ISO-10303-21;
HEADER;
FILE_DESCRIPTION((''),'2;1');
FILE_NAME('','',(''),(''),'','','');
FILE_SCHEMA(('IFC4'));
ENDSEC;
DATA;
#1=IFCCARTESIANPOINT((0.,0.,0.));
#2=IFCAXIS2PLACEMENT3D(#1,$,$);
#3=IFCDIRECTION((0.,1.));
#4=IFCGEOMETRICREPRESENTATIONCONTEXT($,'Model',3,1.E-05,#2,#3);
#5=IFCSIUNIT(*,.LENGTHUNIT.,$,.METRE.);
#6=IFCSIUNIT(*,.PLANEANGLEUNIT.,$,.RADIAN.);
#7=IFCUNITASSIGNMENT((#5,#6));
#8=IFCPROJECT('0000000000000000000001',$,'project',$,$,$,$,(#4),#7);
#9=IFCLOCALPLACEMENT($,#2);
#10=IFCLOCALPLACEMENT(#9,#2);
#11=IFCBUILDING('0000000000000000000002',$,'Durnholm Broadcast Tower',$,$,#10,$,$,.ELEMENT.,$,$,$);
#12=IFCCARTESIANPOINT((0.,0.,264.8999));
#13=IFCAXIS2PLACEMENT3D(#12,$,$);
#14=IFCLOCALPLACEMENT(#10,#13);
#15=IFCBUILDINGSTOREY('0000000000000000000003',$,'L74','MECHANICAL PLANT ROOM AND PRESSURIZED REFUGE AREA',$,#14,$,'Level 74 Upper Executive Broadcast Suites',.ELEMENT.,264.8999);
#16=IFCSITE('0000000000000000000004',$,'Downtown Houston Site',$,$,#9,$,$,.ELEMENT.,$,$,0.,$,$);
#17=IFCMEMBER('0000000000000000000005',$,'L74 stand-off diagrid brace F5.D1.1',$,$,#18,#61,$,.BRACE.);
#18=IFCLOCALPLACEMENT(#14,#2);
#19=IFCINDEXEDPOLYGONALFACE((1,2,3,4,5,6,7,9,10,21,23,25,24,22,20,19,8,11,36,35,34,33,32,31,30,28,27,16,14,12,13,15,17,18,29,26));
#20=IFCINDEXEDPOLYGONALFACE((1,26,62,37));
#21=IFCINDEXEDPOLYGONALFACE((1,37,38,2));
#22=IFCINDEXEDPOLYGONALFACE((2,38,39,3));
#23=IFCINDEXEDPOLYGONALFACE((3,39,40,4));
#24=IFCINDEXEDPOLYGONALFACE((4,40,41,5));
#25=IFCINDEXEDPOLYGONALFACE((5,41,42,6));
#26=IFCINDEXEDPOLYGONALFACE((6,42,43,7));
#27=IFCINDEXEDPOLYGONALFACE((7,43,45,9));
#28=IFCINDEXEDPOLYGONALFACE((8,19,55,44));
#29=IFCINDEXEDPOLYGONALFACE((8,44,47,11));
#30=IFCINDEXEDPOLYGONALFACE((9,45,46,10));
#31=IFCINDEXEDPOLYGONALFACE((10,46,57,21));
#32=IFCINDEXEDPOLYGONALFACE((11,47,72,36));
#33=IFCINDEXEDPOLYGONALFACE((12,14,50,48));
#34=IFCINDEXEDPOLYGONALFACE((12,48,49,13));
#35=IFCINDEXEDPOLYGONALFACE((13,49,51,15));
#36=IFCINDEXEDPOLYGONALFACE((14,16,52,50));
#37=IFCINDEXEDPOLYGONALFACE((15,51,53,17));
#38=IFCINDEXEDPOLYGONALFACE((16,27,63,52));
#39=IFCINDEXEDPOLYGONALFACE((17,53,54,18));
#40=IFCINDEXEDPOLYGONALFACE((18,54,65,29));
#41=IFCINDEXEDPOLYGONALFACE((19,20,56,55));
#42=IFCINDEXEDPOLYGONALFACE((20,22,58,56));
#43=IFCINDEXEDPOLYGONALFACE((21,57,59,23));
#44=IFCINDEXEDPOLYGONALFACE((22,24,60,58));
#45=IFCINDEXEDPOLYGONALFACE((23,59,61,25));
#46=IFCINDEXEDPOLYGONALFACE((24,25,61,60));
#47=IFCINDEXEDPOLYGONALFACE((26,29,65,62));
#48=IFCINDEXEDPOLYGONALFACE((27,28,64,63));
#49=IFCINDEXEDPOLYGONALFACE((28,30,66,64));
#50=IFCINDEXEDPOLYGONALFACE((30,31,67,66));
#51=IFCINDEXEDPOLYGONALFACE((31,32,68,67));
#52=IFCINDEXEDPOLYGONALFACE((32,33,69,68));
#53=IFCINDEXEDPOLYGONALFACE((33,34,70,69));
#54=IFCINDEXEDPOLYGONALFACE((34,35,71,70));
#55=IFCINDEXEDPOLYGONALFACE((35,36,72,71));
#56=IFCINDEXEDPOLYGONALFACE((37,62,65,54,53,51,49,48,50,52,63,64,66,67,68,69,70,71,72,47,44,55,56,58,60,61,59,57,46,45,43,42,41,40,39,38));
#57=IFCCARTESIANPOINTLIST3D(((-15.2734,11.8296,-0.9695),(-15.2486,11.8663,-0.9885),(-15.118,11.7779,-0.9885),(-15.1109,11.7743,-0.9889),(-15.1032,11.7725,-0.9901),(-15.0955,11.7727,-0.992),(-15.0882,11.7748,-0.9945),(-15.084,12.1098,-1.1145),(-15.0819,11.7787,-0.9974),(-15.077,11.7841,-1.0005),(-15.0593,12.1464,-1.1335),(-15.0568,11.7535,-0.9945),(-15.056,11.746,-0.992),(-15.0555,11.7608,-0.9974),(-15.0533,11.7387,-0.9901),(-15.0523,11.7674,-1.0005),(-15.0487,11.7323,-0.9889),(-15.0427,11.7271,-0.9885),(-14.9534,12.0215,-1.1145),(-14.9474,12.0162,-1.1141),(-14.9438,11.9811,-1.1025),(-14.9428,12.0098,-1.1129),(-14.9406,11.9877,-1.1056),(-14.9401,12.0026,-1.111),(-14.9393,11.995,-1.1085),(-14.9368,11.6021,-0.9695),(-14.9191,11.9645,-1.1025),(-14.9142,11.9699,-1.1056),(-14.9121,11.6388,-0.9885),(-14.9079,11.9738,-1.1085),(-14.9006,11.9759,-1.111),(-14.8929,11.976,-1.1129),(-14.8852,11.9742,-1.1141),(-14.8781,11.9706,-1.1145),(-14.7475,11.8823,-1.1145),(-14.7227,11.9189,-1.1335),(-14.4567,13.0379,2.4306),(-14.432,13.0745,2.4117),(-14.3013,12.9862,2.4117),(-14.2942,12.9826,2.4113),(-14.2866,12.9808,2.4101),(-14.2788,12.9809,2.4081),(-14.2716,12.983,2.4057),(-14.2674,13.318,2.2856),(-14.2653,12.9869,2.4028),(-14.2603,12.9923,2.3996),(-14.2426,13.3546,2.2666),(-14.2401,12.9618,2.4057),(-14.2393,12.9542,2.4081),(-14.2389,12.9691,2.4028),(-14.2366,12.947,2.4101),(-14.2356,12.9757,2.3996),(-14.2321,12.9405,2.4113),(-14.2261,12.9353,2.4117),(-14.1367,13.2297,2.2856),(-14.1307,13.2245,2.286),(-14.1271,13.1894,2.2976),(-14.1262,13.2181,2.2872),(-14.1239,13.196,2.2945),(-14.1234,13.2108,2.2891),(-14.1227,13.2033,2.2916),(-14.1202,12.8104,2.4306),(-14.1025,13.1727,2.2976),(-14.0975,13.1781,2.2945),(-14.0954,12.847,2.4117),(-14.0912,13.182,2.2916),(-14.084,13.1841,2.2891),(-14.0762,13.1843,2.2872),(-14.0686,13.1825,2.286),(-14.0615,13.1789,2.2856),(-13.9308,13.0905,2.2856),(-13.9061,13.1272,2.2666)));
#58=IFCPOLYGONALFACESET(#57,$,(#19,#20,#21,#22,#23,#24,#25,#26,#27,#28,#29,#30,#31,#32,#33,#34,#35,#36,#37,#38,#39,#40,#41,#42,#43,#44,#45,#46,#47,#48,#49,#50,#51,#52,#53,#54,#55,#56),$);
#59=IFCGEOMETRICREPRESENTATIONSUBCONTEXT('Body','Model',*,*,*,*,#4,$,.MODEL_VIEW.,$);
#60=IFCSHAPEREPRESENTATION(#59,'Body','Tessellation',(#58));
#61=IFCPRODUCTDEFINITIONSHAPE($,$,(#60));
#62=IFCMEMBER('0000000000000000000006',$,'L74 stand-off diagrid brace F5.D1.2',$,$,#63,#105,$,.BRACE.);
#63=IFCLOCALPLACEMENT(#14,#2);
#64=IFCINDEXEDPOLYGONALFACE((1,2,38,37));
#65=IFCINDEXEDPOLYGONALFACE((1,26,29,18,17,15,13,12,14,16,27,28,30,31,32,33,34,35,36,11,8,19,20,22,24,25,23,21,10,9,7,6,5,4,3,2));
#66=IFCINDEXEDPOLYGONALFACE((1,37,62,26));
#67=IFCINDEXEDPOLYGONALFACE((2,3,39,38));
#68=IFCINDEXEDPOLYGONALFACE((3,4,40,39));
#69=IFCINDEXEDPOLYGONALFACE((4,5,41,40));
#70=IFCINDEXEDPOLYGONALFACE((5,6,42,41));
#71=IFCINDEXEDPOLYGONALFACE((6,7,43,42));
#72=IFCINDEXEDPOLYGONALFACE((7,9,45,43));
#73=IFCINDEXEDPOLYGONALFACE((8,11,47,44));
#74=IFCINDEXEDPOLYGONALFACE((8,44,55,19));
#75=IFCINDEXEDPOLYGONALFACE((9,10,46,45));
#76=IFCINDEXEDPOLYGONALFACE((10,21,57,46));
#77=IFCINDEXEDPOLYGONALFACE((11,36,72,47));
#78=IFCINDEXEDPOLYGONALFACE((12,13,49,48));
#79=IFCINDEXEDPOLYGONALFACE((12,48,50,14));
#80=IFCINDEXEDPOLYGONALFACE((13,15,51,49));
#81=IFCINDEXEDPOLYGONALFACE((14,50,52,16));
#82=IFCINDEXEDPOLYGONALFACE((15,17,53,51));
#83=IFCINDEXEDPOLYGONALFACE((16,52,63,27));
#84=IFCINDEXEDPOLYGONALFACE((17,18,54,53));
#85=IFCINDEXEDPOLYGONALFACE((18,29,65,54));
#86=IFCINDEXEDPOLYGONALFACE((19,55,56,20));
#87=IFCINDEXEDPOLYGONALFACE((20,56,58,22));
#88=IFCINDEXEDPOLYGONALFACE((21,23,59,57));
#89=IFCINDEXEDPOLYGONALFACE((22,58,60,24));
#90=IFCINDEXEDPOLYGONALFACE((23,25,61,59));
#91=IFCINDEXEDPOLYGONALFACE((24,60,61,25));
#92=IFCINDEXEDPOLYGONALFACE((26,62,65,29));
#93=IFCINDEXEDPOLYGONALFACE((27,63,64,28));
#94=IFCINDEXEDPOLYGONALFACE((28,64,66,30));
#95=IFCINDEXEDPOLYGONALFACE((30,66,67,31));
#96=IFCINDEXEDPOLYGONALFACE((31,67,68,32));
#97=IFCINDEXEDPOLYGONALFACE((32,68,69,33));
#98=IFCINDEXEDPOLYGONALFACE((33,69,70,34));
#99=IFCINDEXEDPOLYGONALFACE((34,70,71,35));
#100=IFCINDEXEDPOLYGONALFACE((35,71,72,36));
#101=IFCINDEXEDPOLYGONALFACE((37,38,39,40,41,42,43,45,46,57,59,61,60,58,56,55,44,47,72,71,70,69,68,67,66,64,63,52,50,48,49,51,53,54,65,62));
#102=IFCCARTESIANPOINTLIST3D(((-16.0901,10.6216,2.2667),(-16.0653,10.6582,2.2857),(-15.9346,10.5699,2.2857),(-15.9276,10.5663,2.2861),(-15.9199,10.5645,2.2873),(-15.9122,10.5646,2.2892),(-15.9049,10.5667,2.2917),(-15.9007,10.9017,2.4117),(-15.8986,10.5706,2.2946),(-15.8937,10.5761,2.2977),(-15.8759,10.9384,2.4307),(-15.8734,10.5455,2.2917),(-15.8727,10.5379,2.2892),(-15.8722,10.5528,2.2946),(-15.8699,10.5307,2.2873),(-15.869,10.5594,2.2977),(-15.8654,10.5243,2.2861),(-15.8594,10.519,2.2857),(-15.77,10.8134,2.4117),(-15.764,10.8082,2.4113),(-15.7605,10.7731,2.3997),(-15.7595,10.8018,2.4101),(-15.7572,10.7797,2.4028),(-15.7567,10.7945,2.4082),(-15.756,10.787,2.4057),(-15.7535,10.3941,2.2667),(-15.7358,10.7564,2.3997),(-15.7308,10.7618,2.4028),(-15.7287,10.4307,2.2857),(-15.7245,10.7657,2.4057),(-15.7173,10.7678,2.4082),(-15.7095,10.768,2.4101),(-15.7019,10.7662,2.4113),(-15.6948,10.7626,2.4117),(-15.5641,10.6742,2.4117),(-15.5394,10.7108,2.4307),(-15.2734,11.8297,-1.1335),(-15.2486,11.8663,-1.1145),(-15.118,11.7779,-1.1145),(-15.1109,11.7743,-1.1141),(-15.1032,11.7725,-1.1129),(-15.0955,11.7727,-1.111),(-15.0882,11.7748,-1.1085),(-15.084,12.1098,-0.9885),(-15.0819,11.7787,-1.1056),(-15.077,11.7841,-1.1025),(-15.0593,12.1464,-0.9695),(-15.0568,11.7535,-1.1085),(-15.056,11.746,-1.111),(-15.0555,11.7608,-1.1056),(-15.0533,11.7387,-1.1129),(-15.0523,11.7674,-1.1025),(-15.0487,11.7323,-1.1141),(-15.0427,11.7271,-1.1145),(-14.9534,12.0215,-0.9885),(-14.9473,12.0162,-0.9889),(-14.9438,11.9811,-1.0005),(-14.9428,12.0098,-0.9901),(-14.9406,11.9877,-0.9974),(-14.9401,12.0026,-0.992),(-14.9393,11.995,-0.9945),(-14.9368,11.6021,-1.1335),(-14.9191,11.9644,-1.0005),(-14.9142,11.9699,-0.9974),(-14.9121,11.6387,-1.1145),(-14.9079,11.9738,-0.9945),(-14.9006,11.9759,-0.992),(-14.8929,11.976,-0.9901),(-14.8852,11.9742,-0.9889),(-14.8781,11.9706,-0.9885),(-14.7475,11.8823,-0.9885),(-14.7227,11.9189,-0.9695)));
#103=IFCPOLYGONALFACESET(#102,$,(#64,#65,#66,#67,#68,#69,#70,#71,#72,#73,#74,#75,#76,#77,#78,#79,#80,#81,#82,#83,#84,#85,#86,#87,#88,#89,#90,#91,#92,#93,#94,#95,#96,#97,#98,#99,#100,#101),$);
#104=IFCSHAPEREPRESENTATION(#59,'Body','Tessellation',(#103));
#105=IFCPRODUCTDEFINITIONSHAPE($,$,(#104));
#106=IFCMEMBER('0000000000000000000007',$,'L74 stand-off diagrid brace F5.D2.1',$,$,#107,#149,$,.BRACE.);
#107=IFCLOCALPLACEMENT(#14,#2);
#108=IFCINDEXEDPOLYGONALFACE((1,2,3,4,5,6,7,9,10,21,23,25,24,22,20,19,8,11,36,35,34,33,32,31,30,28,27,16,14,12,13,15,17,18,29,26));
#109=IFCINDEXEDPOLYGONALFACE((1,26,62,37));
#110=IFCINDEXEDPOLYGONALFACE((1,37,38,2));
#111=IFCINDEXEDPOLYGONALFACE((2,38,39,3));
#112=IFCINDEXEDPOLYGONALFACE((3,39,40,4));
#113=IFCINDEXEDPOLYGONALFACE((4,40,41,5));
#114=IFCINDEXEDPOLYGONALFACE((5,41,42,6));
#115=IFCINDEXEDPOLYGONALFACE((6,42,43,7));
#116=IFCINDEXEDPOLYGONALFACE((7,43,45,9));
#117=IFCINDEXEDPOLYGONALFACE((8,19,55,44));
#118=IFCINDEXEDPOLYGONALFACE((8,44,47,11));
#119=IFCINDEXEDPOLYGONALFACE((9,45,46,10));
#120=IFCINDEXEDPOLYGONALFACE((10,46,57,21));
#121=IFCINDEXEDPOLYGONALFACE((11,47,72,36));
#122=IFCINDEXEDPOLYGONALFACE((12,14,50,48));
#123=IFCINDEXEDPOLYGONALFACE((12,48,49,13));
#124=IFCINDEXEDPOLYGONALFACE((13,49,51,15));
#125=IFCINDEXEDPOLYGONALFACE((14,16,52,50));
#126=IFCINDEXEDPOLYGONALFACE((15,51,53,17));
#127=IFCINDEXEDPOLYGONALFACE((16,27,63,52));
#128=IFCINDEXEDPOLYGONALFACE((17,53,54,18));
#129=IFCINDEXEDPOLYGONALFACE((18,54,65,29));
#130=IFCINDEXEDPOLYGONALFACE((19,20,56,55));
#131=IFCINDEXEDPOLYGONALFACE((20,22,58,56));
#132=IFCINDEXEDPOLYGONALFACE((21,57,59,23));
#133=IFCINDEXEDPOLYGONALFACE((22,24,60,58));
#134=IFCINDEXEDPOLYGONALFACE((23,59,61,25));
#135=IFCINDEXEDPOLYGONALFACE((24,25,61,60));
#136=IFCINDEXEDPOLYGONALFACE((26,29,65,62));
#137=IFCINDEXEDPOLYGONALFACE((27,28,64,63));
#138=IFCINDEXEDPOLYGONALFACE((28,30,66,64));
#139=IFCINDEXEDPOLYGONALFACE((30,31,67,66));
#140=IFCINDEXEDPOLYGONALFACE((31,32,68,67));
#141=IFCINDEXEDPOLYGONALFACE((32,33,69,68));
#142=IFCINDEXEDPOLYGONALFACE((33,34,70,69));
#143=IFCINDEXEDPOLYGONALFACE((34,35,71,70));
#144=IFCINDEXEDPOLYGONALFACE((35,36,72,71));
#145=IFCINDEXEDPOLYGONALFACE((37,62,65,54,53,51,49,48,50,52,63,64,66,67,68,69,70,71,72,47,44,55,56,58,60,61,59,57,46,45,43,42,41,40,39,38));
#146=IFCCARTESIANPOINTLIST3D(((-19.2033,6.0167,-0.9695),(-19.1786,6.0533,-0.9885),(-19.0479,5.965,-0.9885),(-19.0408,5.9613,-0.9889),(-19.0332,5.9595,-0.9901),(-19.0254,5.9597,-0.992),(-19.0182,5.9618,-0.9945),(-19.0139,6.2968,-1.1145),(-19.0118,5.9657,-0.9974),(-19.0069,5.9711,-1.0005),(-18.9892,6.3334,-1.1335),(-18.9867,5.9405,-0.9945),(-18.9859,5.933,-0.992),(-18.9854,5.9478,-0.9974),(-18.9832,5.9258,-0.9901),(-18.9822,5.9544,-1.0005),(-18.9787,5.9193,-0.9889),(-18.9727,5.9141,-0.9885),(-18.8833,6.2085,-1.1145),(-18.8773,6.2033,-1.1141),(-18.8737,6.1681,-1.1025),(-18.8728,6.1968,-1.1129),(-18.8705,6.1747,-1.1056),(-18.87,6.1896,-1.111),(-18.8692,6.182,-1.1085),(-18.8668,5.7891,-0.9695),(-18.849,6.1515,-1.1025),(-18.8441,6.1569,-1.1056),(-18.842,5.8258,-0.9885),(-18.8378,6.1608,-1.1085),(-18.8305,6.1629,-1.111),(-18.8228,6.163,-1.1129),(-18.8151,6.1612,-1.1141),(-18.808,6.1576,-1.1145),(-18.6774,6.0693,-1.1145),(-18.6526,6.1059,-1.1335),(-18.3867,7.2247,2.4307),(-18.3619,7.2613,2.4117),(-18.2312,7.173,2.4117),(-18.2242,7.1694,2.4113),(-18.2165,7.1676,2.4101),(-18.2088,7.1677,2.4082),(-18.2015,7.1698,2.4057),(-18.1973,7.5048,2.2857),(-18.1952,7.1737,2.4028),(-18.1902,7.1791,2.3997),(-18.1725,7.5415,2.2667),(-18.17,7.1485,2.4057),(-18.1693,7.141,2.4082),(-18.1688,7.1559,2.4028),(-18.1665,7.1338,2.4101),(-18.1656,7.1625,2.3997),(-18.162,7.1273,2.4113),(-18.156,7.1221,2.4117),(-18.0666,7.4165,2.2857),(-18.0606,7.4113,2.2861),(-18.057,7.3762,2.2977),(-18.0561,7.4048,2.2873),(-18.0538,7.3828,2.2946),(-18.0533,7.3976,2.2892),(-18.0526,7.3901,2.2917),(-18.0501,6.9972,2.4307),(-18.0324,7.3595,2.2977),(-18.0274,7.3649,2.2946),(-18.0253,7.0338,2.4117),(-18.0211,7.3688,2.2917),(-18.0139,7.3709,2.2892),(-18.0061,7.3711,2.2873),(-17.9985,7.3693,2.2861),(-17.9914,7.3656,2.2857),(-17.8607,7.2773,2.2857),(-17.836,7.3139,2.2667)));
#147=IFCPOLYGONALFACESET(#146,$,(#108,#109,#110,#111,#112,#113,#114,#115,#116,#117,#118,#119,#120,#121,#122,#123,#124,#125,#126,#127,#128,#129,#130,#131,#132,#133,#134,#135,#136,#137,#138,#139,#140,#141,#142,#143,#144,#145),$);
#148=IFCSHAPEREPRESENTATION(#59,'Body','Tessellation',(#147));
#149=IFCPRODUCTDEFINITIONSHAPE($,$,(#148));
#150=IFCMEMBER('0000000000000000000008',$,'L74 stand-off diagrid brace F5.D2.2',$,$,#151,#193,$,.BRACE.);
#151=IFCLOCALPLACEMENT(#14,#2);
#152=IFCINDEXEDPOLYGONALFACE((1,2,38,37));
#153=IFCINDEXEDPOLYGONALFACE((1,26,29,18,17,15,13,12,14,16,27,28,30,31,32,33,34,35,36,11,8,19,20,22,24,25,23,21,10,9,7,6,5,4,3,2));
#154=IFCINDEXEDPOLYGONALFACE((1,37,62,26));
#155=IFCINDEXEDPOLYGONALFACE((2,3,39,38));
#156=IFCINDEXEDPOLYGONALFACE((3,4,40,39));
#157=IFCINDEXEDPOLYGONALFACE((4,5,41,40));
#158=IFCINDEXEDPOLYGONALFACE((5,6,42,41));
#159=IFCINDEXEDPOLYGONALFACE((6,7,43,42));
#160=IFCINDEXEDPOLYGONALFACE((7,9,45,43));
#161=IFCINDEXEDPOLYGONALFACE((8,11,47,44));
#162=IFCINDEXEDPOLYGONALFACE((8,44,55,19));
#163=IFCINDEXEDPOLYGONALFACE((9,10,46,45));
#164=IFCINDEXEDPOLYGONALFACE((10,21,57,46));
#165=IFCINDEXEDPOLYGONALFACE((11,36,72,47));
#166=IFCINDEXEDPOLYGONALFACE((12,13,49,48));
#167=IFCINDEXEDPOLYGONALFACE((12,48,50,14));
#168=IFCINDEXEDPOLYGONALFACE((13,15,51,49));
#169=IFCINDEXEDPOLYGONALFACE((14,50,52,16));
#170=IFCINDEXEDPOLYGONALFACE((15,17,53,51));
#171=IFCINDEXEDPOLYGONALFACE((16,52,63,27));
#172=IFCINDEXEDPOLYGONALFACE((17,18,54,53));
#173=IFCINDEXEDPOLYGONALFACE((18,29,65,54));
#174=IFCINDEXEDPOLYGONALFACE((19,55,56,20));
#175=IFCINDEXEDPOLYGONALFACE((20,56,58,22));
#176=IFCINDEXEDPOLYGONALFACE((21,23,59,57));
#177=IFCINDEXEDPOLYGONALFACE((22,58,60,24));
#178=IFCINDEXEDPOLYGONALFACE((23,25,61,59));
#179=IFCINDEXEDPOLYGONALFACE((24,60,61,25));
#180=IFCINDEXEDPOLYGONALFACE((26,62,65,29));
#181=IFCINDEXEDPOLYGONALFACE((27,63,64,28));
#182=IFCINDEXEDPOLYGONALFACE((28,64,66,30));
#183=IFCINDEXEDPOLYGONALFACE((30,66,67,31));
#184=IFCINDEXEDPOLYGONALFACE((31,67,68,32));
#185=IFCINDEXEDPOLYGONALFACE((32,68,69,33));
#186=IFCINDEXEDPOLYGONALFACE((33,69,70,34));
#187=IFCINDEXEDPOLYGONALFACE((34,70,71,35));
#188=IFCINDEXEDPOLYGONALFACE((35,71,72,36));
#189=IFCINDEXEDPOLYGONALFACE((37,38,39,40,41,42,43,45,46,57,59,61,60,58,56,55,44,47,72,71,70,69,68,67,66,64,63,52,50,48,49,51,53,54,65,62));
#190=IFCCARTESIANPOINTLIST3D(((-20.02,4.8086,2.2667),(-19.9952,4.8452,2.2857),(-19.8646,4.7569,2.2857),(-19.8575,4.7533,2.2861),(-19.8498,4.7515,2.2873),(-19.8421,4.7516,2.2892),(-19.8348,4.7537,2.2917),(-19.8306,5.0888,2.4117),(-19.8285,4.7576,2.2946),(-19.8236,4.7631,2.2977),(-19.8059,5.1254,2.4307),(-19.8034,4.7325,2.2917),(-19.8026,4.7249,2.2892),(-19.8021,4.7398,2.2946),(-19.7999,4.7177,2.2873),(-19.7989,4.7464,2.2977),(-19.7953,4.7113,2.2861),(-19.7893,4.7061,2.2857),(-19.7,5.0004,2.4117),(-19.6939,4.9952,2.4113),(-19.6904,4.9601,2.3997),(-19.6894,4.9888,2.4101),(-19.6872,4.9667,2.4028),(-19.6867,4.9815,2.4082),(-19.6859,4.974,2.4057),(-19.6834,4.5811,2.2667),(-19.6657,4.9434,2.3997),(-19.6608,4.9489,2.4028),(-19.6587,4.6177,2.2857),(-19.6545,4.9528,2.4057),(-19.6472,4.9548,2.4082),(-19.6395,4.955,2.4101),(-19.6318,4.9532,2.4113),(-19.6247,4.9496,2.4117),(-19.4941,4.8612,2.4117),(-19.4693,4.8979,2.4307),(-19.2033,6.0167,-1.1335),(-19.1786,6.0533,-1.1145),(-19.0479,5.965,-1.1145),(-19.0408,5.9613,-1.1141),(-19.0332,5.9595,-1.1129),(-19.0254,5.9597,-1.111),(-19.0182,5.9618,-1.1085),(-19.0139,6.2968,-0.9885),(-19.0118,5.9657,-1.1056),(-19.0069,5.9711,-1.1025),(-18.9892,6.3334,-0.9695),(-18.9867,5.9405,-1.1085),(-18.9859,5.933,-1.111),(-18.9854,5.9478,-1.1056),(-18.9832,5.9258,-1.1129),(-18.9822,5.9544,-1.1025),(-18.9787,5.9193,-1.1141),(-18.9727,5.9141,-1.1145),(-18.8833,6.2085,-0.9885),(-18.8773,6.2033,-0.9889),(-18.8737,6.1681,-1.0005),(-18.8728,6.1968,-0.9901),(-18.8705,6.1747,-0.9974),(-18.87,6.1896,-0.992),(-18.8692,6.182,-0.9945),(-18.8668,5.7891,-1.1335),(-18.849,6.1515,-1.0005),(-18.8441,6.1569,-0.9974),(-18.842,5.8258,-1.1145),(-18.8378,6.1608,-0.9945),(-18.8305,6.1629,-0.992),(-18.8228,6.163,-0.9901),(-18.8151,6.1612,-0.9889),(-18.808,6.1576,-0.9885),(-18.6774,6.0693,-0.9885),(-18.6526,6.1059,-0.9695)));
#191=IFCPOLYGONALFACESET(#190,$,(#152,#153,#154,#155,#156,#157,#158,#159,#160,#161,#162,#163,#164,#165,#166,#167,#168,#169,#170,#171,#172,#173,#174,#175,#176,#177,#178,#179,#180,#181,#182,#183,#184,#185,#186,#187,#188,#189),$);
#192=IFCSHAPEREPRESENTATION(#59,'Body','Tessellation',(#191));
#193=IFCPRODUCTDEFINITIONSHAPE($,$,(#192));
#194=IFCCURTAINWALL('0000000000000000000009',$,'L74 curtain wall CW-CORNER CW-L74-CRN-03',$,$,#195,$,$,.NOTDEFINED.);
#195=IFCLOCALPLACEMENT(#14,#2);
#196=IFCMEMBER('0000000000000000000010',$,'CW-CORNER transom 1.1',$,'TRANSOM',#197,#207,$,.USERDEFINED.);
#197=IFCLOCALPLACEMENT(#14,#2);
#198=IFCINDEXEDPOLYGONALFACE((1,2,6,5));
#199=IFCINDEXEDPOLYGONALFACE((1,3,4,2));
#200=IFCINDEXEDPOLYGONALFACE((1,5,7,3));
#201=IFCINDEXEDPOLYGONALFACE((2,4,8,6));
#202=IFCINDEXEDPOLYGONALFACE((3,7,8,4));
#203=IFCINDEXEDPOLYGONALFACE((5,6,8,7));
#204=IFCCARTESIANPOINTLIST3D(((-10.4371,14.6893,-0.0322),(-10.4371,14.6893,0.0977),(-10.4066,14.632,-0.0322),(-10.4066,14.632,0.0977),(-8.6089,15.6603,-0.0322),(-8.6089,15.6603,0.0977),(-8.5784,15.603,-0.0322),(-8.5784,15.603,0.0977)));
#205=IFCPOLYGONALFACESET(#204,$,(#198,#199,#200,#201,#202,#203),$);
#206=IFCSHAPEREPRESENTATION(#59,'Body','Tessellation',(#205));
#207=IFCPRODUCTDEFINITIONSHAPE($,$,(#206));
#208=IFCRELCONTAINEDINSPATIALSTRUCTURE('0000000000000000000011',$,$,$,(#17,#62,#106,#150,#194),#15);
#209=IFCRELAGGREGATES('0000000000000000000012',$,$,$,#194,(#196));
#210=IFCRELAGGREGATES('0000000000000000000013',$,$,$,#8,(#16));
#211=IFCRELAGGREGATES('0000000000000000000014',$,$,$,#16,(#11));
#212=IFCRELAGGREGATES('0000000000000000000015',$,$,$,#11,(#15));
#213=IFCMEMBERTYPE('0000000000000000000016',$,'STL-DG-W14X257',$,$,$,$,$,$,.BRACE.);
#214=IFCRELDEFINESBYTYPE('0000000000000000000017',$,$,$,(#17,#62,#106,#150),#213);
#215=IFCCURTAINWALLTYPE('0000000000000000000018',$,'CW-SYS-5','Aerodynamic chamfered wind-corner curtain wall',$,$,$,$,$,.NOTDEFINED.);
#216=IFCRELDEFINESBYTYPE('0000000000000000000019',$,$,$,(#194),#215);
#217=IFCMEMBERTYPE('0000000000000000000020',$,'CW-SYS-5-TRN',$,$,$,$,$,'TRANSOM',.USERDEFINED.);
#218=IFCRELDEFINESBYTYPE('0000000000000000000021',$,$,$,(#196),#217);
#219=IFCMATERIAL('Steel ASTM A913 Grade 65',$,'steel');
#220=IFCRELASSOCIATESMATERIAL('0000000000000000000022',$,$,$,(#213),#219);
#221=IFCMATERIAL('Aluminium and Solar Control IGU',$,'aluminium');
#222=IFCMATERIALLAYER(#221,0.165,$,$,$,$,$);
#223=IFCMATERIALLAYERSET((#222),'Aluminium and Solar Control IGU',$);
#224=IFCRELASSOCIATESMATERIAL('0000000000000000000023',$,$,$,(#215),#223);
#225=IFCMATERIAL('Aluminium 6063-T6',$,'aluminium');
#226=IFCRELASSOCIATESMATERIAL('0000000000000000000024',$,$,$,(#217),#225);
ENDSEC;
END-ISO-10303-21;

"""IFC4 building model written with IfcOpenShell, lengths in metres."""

from ifc_helpers import new_model, si_unit, direction, frame, origin, origin_2d, place, context, subcontext, project, spatial, rectangle, i_section, extrude, source, transform, mapped, material, layer, layer_set, material_profile, profile_set, type_object, type_shapes, element, aggregate, save


model = new_model("IFC4")

# Units and contexts
model_context = context("Model", 3, precision=1e-05, world=origin(), true_north=direction((0.0, 1.0)))
body_context = subcontext(model_context, "Body", "Model", "MODEL_VIEW")
ifc_project = project(units=[si_unit("LENGTHUNIT", "METRE"), si_unit("PLANEANGLEUNIT", "RADIAN")], contexts=[model_context])

# Site, building, storey
site_placement = place(None, origin())
site = spatial("IfcSite", under=ifc_project, at=site_placement, Name="Downtown Houston Site", CompositionType="ELEMENT", RefElevation=0.0)
building_placement = place(site_placement, origin())
building = spatial("IfcBuilding", under=site, at=building_placement, Name="Durnholm Broadcast Tower", CompositionType="ELEMENT")
storey_placement = place(building_placement, frame((0.0, 0.0, 264.8999)))
storey = spatial("IfcBuildingStorey", under=building, at=storey_placement, Name="L74", Description="MECHANICAL PLANT ROOM AND PRESSURIZED REFUGE AREA", LongName="Level 74 Upper Executive Broadcast Suites", CompositionType="ELEMENT", Elevation=264.8999)

# Members
ifc_material_1 = material(Name="Steel ASTM A913 Grade 65", Category="steel")
ifc_material_profile_1 = material_profile(ifc_material_1, i_section(OverallWidth=0.4062, OverallDepth=0.416, WebThickness=0.0298, FlangeThickness=0.0481, FilletRadius=0.0305, at=origin_2d()), Name="W14X257")
ifc_profile_set_1 = profile_set([ifc_material_profile_1], Name="Steel ASTM A913 Grade 65")
member_type_1 = type_object("IfcMemberType", Name="STL-DG-W14X257", PredefinedType="BRACE", material=ifc_profile_set_1)
shared_shape_1 = source(origin(), body_context, "Body", "SweptSolid", [
    extrude(i_section(OverallWidth=0.4062, OverallDepth=0.416, WebThickness=0.0298, FlangeThickness=0.0481, FilletRadius=0.0305, at=origin_2d()), origin(), (0.0, 0.0, 1.0), 3.6997),
])
type_shapes(member_type_1, [shared_shape_1])
for number, where, z_axis, x_axis, name in (
    (1, (-14.998, 11.8743, -1.0515), (0.220734, 0.326581, 0.919033), (-0.828505, 0.559982, 0.0), "L74 stand-off diagrid brace F5.D1.1"),
    (2, (-14.998, 11.8743, -1.0515), (-0.220739, -0.326522, 0.919053), (0.828452, -0.560059, 0.0), "L74 stand-off diagrid brace F5.D1.2"),
    (3, (-18.928, 6.0613, -1.0515), (0.220739, 0.326522, 0.919053), (-0.828452, 0.560059, 0.0), "L74 stand-off diagrid brace F5.D2.1"),
    (4, (-18.928, 6.0613, -1.0515), (-0.220739, -0.326522, 0.919053), (0.828452, -0.560059, 0.0), "L74 stand-off diagrid brace F5.D2.2"),
):
    element("IfcMember", number, at=place(storey_placement, frame(where, z_axis=z_axis, x_axis=x_axis)), inside=storey, type_object=member_type_1, Name=name, PredefinedType="BRACE", context=body_context, shape_type="MappedRepresentation", body=[
        mapped(shared_shape_1, transform((0.0, 0.0, 0.0), x_axis=(1.0, 0.0, 0.0), y_axis=(0.0, 1.0, 0.0), z_axis=(0.0, 0.0, 1.0), scale=1.0)),
    ])

# Curtain wall, member
ifc_material_2 = material(Name="Aluminium and Solar Control IGU", Category="aluminium")
ifc_layer_1 = layer(ifc_material_2, 0.165)
ifc_layer_set_1 = layer_set([ifc_layer_1], Name="Aluminium and Solar Control IGU")
curtain_wall_type_1 = type_object("IfcCurtainWallType", Name="CW-SYS-5", Description="Aerodynamic chamfered wind-corner curtain wall", PredefinedType="NOTDEFINED", material=ifc_layer_set_1)
curtain_wall_1_placement = place(storey_placement, origin())
curtain_wall_1 = element("IfcCurtainWall", 5, at=curtain_wall_1_placement, inside=storey, type_object=curtain_wall_type_1, Name="L74 curtain wall CW-CORNER CW-L74-CRN-03", PredefinedType="NOTDEFINED")
ifc_material_3 = material(Name="Aluminium 6063-T6", Category="aluminium")
ifc_material_profile_2 = material_profile(ifc_material_3, rectangle(XDim=0.0649, YDim=0.1299, at=origin_2d()), Name="CWT65X130")
ifc_profile_set_2 = profile_set([ifc_material_profile_2], Name="Aluminium 6063-T6")
member_type_2 = type_object("IfcMemberType", Name="CW-SYS-5-TRN", ElementType="TRANSOM", PredefinedType="USERDEFINED", material=ifc_profile_set_2)
shared_shape_2 = source(origin(), body_context, "Body", "SweptSolid", [
    extrude(rectangle(XDim=0.0649, YDim=0.1299, at=origin_2d()), origin(), (0.0, 0.0, 1.0), 2.0701),
])
type_shapes(member_type_2, [shared_shape_2])
member_1_placement = place(storey_placement, frame((-10.4219, 14.6606, 0.0327), z_axis=(0.883165, 0.469063, 0.0), x_axis=(-0.469063, 0.883165, 0.0)))
member_1 = element("IfcMember", 6, at=member_1_placement, type_object=member_type_2, Name="CW-CORNER transom 1.1", ObjectType="TRANSOM", PredefinedType="USERDEFINED", context=body_context, shape_type="MappedRepresentation", body=[
    mapped(shared_shape_2, transform((0.0, 0.0, 0.0), x_axis=(1.0, 0.0, 0.0), y_axis=(0.0, 1.0, 0.0), z_axis=(0.0, 0.0, 1.0), scale=1.0)),
])

aggregate(curtain_wall_1, [member_1])

save(model, "model.ifc")
